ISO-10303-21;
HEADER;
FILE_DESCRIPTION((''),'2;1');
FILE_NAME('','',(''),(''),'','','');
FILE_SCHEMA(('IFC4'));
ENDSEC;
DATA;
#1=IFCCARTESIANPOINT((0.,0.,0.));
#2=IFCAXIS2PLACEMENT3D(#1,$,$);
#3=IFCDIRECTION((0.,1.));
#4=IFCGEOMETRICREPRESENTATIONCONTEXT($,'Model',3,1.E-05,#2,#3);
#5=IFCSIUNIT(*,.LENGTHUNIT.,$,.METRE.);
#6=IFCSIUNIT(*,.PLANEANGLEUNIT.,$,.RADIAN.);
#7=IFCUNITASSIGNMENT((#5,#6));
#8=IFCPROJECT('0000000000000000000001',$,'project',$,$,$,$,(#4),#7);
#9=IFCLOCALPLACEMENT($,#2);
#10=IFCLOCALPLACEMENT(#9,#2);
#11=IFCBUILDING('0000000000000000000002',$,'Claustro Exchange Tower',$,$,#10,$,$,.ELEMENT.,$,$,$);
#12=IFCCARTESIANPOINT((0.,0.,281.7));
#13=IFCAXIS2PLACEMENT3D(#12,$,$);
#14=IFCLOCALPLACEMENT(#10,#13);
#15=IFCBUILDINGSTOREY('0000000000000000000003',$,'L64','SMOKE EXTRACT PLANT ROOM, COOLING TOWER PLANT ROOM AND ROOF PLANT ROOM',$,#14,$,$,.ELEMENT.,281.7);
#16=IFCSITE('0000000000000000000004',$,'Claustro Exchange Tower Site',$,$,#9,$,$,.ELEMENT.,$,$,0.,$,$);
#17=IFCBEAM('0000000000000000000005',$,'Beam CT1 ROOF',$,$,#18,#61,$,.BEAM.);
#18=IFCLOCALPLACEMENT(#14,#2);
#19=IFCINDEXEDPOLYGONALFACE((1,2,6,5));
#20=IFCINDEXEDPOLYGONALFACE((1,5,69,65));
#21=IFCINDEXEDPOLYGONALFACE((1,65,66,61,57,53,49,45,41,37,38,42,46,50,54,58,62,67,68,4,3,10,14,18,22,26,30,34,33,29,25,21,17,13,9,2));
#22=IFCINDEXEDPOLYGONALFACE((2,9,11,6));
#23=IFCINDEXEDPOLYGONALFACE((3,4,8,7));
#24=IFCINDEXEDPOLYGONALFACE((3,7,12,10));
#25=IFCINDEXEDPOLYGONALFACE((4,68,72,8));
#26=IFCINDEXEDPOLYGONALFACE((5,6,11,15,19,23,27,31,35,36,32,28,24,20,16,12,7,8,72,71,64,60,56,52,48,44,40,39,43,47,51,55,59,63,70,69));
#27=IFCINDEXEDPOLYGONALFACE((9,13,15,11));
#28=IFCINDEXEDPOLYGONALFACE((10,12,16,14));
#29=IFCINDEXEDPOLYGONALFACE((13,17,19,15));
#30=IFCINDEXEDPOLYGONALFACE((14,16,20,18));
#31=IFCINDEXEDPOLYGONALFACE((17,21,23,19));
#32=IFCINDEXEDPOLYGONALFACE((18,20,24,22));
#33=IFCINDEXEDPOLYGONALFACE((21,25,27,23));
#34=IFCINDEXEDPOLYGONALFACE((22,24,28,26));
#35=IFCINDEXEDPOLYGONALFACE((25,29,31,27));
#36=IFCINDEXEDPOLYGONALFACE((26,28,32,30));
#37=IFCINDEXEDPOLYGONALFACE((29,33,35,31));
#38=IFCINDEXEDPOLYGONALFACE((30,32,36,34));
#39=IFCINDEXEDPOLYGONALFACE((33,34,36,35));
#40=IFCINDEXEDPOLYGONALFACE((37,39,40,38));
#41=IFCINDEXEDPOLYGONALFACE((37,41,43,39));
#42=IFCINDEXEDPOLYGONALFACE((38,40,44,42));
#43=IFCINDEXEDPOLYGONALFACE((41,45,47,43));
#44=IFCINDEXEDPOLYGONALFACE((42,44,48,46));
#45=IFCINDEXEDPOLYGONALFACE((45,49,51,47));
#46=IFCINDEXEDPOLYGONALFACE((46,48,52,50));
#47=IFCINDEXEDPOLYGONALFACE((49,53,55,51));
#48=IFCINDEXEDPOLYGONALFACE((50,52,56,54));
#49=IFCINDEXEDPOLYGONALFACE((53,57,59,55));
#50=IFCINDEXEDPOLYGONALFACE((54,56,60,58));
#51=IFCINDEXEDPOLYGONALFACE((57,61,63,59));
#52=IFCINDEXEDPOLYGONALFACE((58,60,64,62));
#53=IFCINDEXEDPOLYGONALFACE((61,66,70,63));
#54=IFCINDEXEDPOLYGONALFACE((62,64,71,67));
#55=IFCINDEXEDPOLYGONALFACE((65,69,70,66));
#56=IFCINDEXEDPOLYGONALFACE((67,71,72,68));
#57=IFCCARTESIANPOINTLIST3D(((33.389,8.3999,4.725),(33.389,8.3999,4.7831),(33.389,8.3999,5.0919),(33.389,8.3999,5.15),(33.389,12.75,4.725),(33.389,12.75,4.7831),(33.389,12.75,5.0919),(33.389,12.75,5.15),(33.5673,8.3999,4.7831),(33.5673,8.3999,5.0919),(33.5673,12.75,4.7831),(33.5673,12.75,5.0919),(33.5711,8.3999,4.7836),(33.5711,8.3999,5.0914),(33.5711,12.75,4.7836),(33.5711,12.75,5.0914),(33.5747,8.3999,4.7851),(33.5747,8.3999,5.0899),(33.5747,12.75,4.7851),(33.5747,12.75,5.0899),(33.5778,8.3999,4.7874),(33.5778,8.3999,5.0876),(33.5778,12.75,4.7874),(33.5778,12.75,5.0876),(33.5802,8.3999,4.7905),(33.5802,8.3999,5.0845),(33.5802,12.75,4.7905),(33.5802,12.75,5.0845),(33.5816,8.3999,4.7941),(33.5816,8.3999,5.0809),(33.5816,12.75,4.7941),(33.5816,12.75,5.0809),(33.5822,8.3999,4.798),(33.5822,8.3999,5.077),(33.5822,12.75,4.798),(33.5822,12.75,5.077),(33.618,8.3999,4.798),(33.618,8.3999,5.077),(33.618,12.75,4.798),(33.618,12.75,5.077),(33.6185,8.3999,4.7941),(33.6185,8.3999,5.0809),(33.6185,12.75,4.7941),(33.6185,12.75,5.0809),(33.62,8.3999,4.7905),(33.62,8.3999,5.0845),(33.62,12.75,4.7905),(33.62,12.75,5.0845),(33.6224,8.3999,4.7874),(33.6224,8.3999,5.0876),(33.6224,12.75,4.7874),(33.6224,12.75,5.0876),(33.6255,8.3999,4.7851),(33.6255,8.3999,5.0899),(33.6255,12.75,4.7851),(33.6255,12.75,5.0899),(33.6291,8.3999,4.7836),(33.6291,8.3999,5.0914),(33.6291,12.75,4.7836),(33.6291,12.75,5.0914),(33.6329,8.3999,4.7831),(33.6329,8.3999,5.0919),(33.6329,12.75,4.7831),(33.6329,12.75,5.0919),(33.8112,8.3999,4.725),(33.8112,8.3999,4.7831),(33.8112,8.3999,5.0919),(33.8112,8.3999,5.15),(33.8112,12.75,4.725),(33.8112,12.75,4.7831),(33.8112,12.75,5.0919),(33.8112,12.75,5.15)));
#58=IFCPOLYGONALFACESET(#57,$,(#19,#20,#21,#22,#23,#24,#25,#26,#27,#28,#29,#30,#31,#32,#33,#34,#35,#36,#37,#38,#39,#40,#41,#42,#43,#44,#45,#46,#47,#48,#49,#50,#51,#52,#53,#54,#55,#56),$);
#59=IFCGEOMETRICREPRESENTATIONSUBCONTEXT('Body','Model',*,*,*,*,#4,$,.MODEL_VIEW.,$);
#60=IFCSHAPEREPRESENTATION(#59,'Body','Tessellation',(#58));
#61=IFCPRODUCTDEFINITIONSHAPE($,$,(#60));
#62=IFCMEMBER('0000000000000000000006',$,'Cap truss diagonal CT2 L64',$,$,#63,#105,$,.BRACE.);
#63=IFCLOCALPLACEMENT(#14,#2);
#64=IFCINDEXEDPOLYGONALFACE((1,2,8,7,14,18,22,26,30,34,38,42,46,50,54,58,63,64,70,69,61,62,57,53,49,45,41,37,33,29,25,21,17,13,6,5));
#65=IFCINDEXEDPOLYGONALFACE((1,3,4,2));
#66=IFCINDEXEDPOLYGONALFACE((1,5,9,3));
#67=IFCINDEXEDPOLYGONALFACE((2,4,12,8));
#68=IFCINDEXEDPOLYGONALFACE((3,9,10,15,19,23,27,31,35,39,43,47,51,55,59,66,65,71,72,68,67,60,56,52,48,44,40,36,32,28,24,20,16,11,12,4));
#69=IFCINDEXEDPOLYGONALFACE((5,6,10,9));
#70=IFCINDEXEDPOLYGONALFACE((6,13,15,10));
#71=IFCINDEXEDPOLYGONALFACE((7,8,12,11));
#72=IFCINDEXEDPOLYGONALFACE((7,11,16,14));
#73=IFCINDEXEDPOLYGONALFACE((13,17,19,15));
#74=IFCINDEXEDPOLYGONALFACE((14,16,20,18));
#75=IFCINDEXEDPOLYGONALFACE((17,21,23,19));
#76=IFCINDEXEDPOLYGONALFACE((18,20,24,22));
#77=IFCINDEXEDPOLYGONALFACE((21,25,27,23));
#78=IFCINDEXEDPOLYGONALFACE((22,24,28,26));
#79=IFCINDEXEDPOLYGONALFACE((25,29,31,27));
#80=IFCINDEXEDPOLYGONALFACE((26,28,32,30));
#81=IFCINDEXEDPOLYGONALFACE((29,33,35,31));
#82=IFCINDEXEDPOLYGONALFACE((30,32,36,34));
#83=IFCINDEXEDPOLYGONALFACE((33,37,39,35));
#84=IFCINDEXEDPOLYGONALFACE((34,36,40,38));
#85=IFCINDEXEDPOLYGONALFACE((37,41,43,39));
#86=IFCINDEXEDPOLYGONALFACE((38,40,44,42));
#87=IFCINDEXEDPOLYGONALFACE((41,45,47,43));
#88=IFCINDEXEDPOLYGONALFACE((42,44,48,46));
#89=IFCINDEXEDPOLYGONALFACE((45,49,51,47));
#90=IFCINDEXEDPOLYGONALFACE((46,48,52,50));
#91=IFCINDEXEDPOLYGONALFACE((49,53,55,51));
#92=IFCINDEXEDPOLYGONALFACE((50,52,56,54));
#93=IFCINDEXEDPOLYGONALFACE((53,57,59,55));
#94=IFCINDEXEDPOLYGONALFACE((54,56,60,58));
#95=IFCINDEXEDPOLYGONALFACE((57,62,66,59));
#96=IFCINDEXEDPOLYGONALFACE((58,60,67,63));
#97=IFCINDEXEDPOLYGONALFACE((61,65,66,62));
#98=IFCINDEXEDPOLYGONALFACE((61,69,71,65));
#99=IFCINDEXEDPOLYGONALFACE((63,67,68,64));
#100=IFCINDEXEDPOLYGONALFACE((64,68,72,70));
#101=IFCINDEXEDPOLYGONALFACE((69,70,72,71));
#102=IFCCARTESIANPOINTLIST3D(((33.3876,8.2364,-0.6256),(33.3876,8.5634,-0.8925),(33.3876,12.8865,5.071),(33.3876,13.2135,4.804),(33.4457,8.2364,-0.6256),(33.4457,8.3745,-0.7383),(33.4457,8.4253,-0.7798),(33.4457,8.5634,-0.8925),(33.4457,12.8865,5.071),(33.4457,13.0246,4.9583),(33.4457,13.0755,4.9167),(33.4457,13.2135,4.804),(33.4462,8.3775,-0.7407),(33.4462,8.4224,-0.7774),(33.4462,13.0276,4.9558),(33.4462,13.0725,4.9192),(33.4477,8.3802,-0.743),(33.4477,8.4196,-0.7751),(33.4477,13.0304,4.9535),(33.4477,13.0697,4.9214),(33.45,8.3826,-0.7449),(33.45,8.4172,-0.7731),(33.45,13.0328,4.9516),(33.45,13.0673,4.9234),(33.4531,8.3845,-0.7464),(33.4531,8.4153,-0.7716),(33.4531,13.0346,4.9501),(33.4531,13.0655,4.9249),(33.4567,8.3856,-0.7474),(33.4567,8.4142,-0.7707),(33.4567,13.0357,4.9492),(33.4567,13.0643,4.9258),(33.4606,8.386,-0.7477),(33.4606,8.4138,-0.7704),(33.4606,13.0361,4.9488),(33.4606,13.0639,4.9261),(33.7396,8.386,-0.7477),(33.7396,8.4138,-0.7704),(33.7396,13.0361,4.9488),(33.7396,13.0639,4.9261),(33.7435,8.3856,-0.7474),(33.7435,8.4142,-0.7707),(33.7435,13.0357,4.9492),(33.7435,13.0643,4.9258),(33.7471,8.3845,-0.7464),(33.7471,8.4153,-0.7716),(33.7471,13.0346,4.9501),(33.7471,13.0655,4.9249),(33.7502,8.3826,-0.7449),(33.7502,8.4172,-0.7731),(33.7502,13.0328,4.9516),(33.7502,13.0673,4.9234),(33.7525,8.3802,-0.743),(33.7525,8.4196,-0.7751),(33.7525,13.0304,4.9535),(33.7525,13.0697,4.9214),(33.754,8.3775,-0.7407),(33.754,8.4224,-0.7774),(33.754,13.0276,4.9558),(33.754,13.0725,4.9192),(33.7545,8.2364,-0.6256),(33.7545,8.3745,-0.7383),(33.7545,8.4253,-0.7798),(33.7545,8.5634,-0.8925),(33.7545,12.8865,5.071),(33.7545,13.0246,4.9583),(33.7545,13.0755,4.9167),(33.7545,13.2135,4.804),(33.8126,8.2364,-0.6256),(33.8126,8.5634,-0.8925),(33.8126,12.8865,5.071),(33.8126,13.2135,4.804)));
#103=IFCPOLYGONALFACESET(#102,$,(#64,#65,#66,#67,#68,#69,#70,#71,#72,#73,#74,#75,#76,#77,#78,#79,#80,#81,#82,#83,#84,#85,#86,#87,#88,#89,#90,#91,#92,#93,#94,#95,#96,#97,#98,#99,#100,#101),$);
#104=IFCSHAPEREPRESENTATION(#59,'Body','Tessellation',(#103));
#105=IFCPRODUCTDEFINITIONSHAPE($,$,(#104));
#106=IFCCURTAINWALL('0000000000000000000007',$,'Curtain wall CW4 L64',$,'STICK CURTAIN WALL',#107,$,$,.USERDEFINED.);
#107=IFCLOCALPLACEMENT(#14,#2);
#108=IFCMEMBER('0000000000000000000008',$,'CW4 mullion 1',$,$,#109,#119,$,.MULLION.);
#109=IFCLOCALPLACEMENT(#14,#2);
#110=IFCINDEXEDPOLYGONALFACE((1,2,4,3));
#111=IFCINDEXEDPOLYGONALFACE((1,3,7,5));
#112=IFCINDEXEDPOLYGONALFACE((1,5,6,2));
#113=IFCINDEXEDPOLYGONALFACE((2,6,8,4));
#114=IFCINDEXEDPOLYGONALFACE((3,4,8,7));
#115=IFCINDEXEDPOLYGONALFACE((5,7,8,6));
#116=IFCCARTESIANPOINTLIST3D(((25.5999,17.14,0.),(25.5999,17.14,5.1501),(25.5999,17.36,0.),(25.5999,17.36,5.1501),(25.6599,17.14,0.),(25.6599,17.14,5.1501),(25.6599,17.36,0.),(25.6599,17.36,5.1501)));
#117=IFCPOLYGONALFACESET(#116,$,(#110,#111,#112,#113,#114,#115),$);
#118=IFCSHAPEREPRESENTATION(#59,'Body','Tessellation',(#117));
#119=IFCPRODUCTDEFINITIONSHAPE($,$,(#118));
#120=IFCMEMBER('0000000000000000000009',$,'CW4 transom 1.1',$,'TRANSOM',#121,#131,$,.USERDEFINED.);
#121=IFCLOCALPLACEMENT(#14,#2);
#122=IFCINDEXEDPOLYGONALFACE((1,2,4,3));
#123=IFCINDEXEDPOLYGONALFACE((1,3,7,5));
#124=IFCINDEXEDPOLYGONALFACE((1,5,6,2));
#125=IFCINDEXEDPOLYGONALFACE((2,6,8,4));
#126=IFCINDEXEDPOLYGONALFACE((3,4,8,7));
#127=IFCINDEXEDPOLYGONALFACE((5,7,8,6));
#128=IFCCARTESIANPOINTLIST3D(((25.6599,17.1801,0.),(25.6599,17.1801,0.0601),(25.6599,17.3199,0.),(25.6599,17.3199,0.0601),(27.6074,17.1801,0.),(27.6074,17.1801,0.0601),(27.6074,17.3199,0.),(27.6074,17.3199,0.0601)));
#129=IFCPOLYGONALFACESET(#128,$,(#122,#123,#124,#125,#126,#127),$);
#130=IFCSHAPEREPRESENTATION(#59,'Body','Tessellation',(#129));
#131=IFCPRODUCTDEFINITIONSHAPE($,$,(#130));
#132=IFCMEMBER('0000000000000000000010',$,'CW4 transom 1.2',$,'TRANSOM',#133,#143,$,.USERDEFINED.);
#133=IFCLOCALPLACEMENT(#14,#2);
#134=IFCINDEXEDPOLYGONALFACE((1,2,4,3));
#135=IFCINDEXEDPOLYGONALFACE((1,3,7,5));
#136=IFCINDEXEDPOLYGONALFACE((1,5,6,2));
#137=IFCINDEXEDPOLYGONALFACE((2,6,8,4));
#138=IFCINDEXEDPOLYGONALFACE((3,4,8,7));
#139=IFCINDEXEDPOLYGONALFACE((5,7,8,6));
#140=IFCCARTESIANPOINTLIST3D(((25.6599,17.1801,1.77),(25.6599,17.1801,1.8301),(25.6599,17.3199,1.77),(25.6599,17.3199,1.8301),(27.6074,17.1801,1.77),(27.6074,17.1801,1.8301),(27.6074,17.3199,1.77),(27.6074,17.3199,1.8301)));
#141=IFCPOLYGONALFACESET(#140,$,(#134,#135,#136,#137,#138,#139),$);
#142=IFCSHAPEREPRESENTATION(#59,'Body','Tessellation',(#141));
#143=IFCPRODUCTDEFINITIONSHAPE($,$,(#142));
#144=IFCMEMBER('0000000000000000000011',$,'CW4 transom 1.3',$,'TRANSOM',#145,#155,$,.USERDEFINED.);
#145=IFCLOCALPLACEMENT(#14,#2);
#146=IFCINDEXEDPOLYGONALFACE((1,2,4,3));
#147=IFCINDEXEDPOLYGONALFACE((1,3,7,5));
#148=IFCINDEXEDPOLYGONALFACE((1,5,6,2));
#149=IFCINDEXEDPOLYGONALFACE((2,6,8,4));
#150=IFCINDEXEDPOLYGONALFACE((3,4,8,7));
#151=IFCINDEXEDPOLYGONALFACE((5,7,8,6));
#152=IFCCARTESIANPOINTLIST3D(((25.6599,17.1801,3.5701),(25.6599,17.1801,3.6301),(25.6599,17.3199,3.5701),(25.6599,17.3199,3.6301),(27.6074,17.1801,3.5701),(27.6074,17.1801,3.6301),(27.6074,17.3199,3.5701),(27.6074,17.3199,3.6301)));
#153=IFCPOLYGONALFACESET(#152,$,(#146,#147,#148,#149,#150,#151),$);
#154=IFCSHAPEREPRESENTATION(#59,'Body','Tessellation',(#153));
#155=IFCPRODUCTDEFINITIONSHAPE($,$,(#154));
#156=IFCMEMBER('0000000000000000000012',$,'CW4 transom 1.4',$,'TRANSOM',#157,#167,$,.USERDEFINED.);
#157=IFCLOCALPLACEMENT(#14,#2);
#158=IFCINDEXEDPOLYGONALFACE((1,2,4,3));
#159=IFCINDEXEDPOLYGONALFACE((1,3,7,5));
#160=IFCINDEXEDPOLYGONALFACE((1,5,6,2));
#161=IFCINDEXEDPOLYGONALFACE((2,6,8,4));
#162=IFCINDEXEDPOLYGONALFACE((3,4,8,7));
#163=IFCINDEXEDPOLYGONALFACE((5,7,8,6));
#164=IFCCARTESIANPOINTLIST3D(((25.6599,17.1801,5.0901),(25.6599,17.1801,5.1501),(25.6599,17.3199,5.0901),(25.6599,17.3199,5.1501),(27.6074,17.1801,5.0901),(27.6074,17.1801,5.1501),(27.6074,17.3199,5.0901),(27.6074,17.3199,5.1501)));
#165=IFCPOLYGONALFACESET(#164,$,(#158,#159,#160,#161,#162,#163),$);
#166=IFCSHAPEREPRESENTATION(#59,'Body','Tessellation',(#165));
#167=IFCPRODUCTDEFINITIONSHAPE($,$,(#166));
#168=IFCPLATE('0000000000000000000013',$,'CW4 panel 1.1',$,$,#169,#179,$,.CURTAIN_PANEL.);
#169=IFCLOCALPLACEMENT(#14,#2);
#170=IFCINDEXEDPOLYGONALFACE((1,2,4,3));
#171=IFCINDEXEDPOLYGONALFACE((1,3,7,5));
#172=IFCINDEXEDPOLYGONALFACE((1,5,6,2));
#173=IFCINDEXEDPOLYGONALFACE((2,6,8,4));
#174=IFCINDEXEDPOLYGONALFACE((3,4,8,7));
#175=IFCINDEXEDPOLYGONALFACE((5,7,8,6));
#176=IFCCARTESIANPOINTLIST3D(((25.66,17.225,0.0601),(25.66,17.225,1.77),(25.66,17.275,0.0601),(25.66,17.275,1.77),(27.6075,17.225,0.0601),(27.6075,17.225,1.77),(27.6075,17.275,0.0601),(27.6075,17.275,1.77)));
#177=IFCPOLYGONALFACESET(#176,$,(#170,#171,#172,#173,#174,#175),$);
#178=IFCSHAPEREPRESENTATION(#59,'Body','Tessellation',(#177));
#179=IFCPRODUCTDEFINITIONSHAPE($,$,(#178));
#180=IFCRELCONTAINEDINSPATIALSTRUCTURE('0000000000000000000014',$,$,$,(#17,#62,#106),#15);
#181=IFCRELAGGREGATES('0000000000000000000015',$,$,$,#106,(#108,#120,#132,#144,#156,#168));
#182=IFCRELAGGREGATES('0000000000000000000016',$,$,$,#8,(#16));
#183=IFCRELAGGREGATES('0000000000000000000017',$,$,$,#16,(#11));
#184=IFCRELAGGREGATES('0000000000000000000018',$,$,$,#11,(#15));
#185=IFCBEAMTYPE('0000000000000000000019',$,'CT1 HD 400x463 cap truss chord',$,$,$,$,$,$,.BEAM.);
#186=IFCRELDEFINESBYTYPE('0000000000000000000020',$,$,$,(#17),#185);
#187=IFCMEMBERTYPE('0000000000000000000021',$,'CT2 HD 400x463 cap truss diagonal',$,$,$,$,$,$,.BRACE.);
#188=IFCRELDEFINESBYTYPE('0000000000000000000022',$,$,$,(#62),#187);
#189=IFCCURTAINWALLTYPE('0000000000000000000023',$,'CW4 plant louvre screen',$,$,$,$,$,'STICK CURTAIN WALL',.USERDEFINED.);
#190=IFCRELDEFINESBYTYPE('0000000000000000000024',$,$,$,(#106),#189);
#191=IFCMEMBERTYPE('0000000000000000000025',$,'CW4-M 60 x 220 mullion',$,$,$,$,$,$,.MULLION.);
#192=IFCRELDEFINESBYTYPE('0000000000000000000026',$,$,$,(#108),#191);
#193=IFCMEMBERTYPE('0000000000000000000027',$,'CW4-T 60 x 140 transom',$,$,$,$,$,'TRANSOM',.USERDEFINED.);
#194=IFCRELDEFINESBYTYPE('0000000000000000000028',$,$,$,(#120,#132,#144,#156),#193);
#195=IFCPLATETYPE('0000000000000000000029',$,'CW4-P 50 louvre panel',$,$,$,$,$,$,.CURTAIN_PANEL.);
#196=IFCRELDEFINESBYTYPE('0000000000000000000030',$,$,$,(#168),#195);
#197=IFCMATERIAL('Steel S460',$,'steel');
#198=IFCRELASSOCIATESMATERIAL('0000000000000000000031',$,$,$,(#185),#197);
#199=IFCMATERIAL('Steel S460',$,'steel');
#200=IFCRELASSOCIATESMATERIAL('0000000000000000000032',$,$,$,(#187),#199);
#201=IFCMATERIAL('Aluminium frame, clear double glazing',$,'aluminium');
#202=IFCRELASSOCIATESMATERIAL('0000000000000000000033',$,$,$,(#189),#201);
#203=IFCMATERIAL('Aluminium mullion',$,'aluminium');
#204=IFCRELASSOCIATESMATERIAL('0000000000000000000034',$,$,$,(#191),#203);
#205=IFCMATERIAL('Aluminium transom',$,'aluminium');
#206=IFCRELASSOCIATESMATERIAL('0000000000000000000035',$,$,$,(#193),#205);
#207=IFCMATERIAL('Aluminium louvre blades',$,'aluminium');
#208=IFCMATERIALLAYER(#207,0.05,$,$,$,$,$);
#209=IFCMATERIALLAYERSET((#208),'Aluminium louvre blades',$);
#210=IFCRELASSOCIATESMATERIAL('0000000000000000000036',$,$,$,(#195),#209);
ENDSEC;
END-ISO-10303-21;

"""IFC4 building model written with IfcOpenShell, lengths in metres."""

from ifc_helpers import new_model, si_unit, direction, frame, origin, origin_2d, place, context, subcontext, project, spatial, rectangle, i_section, extrude, material, layer, layer_set, material_profile, profile_set, type_object, element, aggregate, save


model = new_model("IFC4")

# Units and contexts
model_context = context("Model", 3, precision=1e-05, world=origin(), true_north=direction((0.0, 1.0)))
body_context = subcontext(model_context, "Body", "Model", "MODEL_VIEW")
ifc_project = project(units=[si_unit("LENGTHUNIT", "METRE"), si_unit("PLANEANGLEUNIT", "RADIAN")], contexts=[model_context])

# Site, building, storey
site_placement = place(None, origin())
site = spatial("IfcSite", under=ifc_project, at=site_placement, Name="Claustro Exchange Tower Site", CompositionType="ELEMENT", RefElevation=0.0)
building_placement = place(site_placement, origin())
building = spatial("IfcBuilding", under=site, at=building_placement, Name="Claustro Exchange Tower", CompositionType="ELEMENT")
storey_placement = place(building_placement, frame((0.0, 0.0, 281.7)))
storey = spatial("IfcBuildingStorey", under=building, at=storey_placement, Name="L64", Description="SMOKE EXTRACT PLANT ROOM, COOLING TOWER PLANT ROOM AND ROOF PLANT ROOM", CompositionType="ELEMENT", Elevation=281.7)

# Beam
ifc_material_1 = material(Name="Steel S460", Category="steel")
ifc_material_profile_1 = material_profile(ifc_material_1, i_section(OverallWidth=0.4221, OverallDepth=0.425, WebThickness=0.0359, FlangeThickness=0.0581, FilletRadius=0.0149, at=origin_2d()), Name="HD 400x463")
ifc_profile_set_1 = profile_set([ifc_material_profile_1], Name="Steel S460")
beam_type_1 = type_object("IfcBeamType", Name="CT1 HD 400x463 cap truss chord", PredefinedType="BEAM", material=ifc_profile_set_1)
beam_1_placement = place(storey_placement, frame((33.6001, 8.3999, 4.9375), z_axis=(0.0, 1.0, 0.0), x_axis=(-1.0, 0.0, 0.0)))
element("IfcBeam", 1, at=beam_1_placement, inside=storey, type_object=beam_type_1, Name="Beam CT1 ROOF", PredefinedType="BEAM", context=body_context, shape_type="SweptSolid", body=[
    extrude(i_section(OverallWidth=0.4221, OverallDepth=0.425, WebThickness=0.0359, FlangeThickness=0.0581, FilletRadius=0.0149, at=origin_2d()), origin(), (0.0, 0.0, 1.0), 4.3501),
])

# Member
ifc_material_2 = material(Name="Steel S460", Category="steel")
ifc_material_profile_2 = material_profile(ifc_material_2, i_section(OverallWidth=0.4221, OverallDepth=0.425, WebThickness=0.0359, FlangeThickness=0.0581, FilletRadius=0.0149, at=origin_2d()), Name="HD 400x463")
ifc_profile_set_2 = profile_set([ifc_material_profile_2], Name="Steel S460")
member_type_1 = type_object("IfcMemberType", Name="CT2 HD 400x463 cap truss diagonal", PredefinedType="BRACE", material=ifc_profile_set_2)
member_1_placement = place(storey_placement, frame((33.6001, 8.3999, -0.759), z_axis=(0.0, 0.63237, 0.774667), x_axis=(0.0, -0.774667, 0.63237)))
element("IfcMember", 2, at=member_1_placement, inside=storey, type_object=member_type_1, Name="Cap truss diagonal CT2 L64", PredefinedType="BRACE", context=body_context, shape_type="SweptSolid", body=[
    extrude(i_section(OverallWidth=0.4221, OverallDepth=0.425, WebThickness=0.0359, FlangeThickness=0.0581, FilletRadius=0.0149, at=origin_2d()), origin(), (0.0, 0.0, 1.0), 7.3535),
])

# Curtain wall, members, plate
ifc_material_3 = material(Name="Aluminium frame, clear double glazing", Category="aluminium")
curtain_wall_type = type_object("IfcCurtainWallType", Name="CW4 plant louvre screen", ElementType="STICK CURTAIN WALL", PredefinedType="USERDEFINED", material=ifc_material_3)
curtain_wall_placement = place(storey_placement, origin())
curtain_wall = element("IfcCurtainWall", 3, at=curtain_wall_placement, inside=storey, type_object=curtain_wall_type, Name="Curtain wall CW4 L64", ObjectType="STICK CURTAIN WALL", PredefinedType="USERDEFINED")
ifc_material_4 = material(Name="Aluminium mullion", Category="aluminium")
ifc_material_profile_3 = material_profile(ifc_material_4, rectangle(XDim=0.22, YDim=0.0601, at=origin_2d()), Name="CW4-M 60x220")
ifc_profile_set_3 = profile_set([ifc_material_profile_3], Name="Aluminium mullion")
member_type_2 = type_object("IfcMemberType", Name="CW4-M 60 x 220 mullion", PredefinedType="MULLION", material=ifc_profile_set_3)
member_2_placement = place(storey_placement, frame((25.6299, 17.25, 0.0), z_axis=(0.0, 0.0, 1.0), x_axis=(0.0, 1.0, 0.0)))
member_2 = element("IfcMember", 4, at=member_2_placement, type_object=member_type_2, Name="CW4 mullion 1", PredefinedType="MULLION", context=body_context, shape_type="SweptSolid", body=[
    extrude(rectangle(XDim=0.22, YDim=0.0601, at=origin_2d()), origin(), (0.0, 0.0, 1.0), 5.1501),
])
ifc_material_5 = material(Name="Aluminium transom", Category="aluminium")
ifc_material_profile_4 = material_profile(ifc_material_5, rectangle(XDim=0.1399, YDim=0.0601, at=origin_2d()), Name="CW4-T 60x140")
ifc_profile_set_4 = profile_set([ifc_material_profile_4], Name="Aluminium transom")
member_type_3 = type_object("IfcMemberType", Name="CW4-T 60 x 140 transom", ElementType="TRANSOM", PredefinedType="USERDEFINED", material=ifc_profile_set_4)
member_3_placement = place(storey_placement, frame((25.6599, 17.25, 0.03), z_axis=(1.0, 0.0, 0.0), x_axis=(0.0, 1.0, 0.0)))
member_3 = element("IfcMember", 5, at=member_3_placement, type_object=member_type_3, Name="CW4 transom 1.1", ObjectType="TRANSOM", PredefinedType="USERDEFINED", context=body_context, shape_type="SweptSolid", body=[
    extrude(rectangle(XDim=0.1399, YDim=0.0601, at=origin_2d()), origin(), (0.0, 0.0, 1.0), 1.9475),
])
member_4_placement = place(storey_placement, frame((25.6599, 17.25, 1.8), z_axis=(1.0, 0.0, 0.0), x_axis=(0.0, 1.0, 0.0)))
member_4 = element("IfcMember", 6, at=member_4_placement, type_object=member_type_3, Name="CW4 transom 1.2", ObjectType="TRANSOM", PredefinedType="USERDEFINED", context=body_context, shape_type="SweptSolid", body=[
    extrude(rectangle(XDim=0.1399, YDim=0.0601, at=origin_2d()), origin(), (0.0, 0.0, 1.0), 1.9475),
])
member_5_placement = place(storey_placement, frame((25.6599, 17.25, 3.6001), z_axis=(1.0, 0.0, 0.0), x_axis=(0.0, 1.0, 0.0)))
member_5 = element("IfcMember", 7, at=member_5_placement, type_object=member_type_3, Name="CW4 transom 1.3", ObjectType="TRANSOM", PredefinedType="USERDEFINED", context=body_context, shape_type="SweptSolid", body=[
    extrude(rectangle(XDim=0.1399, YDim=0.0601, at=origin_2d()), origin(), (0.0, 0.0, 1.0), 1.9475),
])
member_6_placement = place(storey_placement, frame((25.6599, 17.25, 5.1201), z_axis=(1.0, 0.0, 0.0), x_axis=(0.0, 1.0, 0.0)))
member_6 = element("IfcMember", 8, at=member_6_placement, type_object=member_type_3, Name="CW4 transom 1.4", ObjectType="TRANSOM", PredefinedType="USERDEFINED", context=body_context, shape_type="SweptSolid", body=[
    extrude(rectangle(XDim=0.1399, YDim=0.0601, at=origin_2d()), origin(), (0.0, 0.0, 1.0), 1.9475),
])
ifc_material_6 = material(Name="Aluminium louvre blades", Category="aluminium")
ifc_layer_1 = layer(ifc_material_6, 0.05)
ifc_layer_set_1 = layer_set([ifc_layer_1], Name="Aluminium louvre blades")
plate_type = type_object("IfcPlateType", Name="CW4-P 50 louvre panel", PredefinedType="CURTAIN_PANEL", material=ifc_layer_set_1)
plate_placement = place(storey_placement, frame((26.6338, 17.25, 0.0601), z_axis=(0.0, 0.0, 1.0), x_axis=(1.0, 0.0, 0.0)))
plate = element("IfcPlate", 9, at=plate_placement, type_object=plate_type, Name="CW4 panel 1.1", PredefinedType="CURTAIN_PANEL", context=body_context, shape_type="SweptSolid", body=[
    extrude(rectangle(XDim=1.9475, YDim=0.05, at=origin_2d()), origin(), (0.0, 0.0, 1.0), 1.71),
])
aggregate(curtain_wall, [member_2, member_3, member_4, member_5, member_6, plate])

save(model, "model.ifc")
